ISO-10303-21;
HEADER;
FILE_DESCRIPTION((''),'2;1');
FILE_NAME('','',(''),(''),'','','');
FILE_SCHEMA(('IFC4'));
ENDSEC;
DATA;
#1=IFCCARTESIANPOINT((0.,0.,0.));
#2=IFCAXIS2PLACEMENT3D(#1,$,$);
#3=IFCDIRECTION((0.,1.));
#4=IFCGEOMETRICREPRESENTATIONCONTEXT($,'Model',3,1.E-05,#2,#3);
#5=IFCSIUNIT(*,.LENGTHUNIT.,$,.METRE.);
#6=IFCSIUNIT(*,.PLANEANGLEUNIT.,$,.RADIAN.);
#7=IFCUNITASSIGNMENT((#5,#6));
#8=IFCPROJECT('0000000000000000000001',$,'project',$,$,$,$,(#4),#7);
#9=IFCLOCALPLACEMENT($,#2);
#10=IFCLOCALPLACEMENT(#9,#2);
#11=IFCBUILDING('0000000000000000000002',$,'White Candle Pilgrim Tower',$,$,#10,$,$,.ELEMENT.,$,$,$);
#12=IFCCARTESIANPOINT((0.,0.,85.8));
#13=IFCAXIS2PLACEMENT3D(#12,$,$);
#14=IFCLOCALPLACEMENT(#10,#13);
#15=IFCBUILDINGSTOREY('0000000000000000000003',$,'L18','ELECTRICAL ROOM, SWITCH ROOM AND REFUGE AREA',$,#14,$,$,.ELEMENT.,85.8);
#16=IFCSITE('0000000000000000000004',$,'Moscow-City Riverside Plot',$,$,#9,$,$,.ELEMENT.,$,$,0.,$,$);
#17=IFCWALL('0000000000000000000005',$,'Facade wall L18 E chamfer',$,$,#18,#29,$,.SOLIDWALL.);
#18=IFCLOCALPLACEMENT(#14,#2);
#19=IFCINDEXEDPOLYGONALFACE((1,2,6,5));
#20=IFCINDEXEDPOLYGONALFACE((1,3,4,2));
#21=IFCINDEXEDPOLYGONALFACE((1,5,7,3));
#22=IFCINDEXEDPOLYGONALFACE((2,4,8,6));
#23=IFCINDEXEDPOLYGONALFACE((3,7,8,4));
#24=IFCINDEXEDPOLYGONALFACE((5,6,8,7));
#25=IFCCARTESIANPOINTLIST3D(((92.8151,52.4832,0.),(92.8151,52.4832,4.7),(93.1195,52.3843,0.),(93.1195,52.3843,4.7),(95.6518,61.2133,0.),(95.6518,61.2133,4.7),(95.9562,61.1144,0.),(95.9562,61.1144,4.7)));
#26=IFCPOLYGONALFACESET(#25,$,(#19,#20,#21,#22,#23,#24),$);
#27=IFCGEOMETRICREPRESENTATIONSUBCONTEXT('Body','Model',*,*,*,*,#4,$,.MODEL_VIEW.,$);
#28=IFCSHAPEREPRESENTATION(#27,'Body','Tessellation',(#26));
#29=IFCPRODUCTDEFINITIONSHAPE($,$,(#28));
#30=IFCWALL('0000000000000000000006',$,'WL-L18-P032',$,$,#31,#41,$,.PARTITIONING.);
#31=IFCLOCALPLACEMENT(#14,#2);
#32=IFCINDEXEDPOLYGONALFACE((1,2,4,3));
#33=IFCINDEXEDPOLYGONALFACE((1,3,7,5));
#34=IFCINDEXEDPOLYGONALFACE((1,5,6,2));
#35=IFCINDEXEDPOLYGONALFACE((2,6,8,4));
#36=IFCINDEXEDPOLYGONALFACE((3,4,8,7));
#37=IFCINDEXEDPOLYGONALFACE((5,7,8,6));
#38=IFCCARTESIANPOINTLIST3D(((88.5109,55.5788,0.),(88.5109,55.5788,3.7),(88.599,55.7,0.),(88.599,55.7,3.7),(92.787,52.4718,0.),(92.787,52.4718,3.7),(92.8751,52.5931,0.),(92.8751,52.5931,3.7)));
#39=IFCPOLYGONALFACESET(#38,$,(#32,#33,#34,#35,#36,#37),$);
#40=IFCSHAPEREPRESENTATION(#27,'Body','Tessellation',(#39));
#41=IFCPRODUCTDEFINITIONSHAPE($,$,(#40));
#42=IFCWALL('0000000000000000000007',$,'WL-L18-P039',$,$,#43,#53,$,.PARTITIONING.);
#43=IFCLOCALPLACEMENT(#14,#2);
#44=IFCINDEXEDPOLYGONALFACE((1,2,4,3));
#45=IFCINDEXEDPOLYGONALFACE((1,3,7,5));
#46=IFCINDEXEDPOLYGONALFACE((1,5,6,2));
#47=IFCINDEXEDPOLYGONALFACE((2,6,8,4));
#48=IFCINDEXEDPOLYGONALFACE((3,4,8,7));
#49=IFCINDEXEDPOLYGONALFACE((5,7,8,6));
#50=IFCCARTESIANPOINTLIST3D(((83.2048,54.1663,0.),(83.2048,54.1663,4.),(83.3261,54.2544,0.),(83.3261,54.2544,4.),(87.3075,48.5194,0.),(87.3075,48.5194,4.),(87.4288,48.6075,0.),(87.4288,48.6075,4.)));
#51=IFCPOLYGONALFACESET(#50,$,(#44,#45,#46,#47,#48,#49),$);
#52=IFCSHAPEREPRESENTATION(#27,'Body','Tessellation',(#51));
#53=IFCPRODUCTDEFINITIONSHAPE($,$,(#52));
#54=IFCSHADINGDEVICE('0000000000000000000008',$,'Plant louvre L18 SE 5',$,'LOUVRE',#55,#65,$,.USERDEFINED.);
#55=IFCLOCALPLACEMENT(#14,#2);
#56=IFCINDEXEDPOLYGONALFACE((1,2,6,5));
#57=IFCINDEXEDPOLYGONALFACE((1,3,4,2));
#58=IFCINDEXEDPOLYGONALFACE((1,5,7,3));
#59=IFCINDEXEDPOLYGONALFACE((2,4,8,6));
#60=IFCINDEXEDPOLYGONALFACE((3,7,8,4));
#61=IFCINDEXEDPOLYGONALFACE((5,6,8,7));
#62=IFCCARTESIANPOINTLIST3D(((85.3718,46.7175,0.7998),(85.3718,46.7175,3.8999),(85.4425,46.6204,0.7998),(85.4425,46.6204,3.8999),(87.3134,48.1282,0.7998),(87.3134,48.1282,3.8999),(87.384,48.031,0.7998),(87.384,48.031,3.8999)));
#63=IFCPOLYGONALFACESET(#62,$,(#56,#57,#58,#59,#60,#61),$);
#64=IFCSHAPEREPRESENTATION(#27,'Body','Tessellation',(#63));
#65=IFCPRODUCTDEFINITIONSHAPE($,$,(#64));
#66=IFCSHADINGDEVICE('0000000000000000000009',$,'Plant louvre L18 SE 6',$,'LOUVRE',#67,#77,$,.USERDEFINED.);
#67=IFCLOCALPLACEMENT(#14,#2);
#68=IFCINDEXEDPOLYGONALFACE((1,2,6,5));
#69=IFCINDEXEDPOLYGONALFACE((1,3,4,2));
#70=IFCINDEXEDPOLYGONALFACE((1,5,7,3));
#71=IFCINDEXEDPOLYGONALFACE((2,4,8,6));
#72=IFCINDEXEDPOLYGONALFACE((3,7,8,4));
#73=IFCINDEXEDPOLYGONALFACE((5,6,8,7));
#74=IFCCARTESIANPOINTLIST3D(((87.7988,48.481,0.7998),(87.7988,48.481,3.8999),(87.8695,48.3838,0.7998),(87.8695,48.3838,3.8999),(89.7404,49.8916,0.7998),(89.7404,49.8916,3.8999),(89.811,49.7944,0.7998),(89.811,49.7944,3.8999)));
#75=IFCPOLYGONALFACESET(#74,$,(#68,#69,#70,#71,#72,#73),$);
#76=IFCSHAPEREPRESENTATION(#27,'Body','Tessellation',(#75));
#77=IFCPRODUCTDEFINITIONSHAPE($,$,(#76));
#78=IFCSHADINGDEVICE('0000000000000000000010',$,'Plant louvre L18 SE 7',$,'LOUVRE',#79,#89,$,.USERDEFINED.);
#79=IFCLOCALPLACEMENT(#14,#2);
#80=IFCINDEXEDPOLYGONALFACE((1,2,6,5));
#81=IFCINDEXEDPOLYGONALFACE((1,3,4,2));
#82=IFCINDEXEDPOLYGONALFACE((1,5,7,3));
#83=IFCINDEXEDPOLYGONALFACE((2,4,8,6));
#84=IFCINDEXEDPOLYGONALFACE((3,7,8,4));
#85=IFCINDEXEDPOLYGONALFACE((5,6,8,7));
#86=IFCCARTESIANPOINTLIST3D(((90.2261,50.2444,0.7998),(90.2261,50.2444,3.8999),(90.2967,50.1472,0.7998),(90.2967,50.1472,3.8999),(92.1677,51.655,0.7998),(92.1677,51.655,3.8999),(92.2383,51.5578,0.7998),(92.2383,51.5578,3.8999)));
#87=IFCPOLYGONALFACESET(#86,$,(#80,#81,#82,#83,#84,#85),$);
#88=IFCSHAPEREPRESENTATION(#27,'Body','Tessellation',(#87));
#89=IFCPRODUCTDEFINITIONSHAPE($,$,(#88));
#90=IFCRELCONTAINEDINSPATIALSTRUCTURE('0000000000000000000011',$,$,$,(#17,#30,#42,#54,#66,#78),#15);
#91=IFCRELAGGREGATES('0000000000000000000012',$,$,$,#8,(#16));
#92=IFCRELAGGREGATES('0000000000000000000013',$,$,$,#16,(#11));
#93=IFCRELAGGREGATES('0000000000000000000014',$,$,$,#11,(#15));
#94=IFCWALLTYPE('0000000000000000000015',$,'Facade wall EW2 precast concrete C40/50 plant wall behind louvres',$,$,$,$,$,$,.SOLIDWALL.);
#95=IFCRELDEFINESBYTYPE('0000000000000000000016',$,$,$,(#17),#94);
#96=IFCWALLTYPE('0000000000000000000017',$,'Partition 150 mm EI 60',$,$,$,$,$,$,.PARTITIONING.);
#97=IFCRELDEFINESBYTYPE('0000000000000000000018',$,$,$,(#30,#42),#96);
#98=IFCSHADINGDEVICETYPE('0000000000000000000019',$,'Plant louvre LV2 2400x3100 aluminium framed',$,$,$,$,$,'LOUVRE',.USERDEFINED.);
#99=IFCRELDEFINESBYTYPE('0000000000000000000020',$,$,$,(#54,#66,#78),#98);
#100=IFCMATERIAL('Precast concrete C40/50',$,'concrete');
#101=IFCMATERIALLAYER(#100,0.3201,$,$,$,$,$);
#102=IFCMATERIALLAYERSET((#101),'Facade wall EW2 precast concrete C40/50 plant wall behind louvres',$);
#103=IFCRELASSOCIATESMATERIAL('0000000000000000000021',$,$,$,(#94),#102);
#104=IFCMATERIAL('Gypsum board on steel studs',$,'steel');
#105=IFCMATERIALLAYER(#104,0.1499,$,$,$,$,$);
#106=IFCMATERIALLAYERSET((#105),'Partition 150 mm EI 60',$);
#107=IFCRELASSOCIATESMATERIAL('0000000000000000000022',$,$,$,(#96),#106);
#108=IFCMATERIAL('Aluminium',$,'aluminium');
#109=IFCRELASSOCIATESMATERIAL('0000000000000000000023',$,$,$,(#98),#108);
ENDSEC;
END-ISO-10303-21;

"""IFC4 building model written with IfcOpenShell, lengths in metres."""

from ifc_helpers import new_model, si_unit, direction, frame, frame_2d, origin, origin_2d, place, context, subcontext, project, spatial, rectangle, extrude, material, layer, layer_set, type_object, element, save


model = new_model("IFC4")

# Units and contexts
model_context = context("Model", 3, precision=1e-05, world=origin(), true_north=direction((0.0, 1.0)))
body_context = subcontext(model_context, "Body", "Model", "MODEL_VIEW")
ifc_project = project(units=[si_unit("LENGTHUNIT", "METRE"), si_unit("PLANEANGLEUNIT", "RADIAN")], contexts=[model_context])

# Site, building, storey
site_placement = place(None, origin())
site = spatial("IfcSite", under=ifc_project, at=site_placement, Name="Moscow-City Riverside Plot", CompositionType="ELEMENT", RefElevation=0.0)
building_placement = place(site_placement, origin())
building = spatial("IfcBuilding", under=site, at=building_placement, Name="White Candle Pilgrim Tower", CompositionType="ELEMENT")
storey_placement = place(building_placement, frame((0.0, 0.0, 85.8)))
storey = spatial("IfcBuildingStorey", under=building, at=storey_placement, Name="L18", Description="ELECTRICAL ROOM, SWITCH ROOM AND REFUGE AREA", CompositionType="ELEMENT", Elevation=85.8)

# Walls
ifc_material_1 = material(Name="Precast concrete C40/50", Category="concrete")
ifc_layer_1 = layer(ifc_material_1, 0.3201)
ifc_layer_set_1 = layer_set([ifc_layer_1], Name="Facade wall EW2 precast concrete C40/50 plant wall behind louvres")
wall_type_1 = type_object("IfcWallType", Name="Facade wall EW2 precast concrete C40/50 plant wall behind louvres", PredefinedType="SOLIDWALL", material=ifc_layer_set_1)
wall_1_placement = place(storey_placement, frame((92.9673, 52.4336, 0.0), z_axis=(0.0, 0.0, 1.0), x_axis=(0.309022, 0.951055, 0.0)))
element("IfcWall", 1, at=wall_1_placement, inside=storey, type_object=wall_type_1, Name="Facade wall L18 E chamfer", PredefinedType="SOLIDWALL", context=body_context, shape_type="SweptSolid", body=[
    extrude(rectangle(XDim=9.1794, YDim=0.3201, at=frame_2d((4.5898, 0.0))), origin(), (0.0, 0.0, 1.0), 4.7),
])
ifc_material_2 = material(Name="Gypsum board on steel studs", Category="steel")
ifc_layer_2 = layer(ifc_material_2, 0.1499)
ifc_layer_set_2 = layer_set([ifc_layer_2], Name="Partition 150 mm EI 60")
wall_type_2 = type_object("IfcWallType", Name="Partition 150 mm EI 60", PredefinedType="PARTITIONING", material=ifc_layer_set_2)
wall_2_placement = place(storey_placement, frame((92.8311, 52.5325, 0.0), z_axis=(0.0, 0.0, 1.0), x_axis=(-0.809004, 0.587804, 0.0)))
element("IfcWall", 2, at=wall_2_placement, inside=storey, type_object=wall_type_2, Name="WL-L18-P032", PredefinedType="PARTITIONING", context=body_context, shape_type="SweptSolid", body=[
    extrude(rectangle(XDim=5.2856, YDim=0.1499, at=frame_2d((2.6428, 0.0))), origin(), (0.0, 0.0, 1.0), 3.7),
])
wall_3_placement = place(storey_placement, frame((87.3682, 48.5635, 0.0), z_axis=(0.0, 0.0, 1.0), x_axis=(-0.587787, 0.809016, 0.0)))
element("IfcWall", 3, at=wall_3_placement, inside=storey, type_object=wall_type_2, Name="WL-L18-P039", PredefinedType="PARTITIONING", context=body_context, shape_type="SweptSolid", body=[
    extrude(rectangle(XDim=6.98, YDim=0.1499, at=frame_2d((3.49, 0.0))), origin(), (0.0, 0.0, 1.0), 4.0),
])

# Shading devices
ifc_material_3 = material(Name="Aluminium", Category="aluminium")
shading_device_type = type_object("IfcShadingDeviceType", Name="Plant louvre LV2 2400x3100 aluminium framed", ElementType="LOUVRE", PredefinedType="USERDEFINED", material=ifc_material_3)
for number, where, z_axis, x_axis, name in (
    (4, (86.3779, 47.3743, 0.7998), (0.0, 0.0, 1.0), (0.809017, 0.587785, 0.0), "Plant louvre L18 SE 5"),
    (5, (88.8049, 49.1377, 0.7998), (0.0, 0.0, 1.0), (0.809017, 0.587785, 0.0), "Plant louvre L18 SE 6"),
    (6, (91.2322, 50.9011, 0.7998), (0.0, 0.0, 1.0), (0.809017, 0.587785, 0.0), "Plant louvre L18 SE 7"),
):
    element("IfcShadingDevice", number, at=place(storey_placement, frame(where, z_axis=z_axis, x_axis=x_axis)), inside=storey, type_object=shading_device_type, Name=name, ObjectType="LOUVRE", PredefinedType="USERDEFINED", context=body_context, shape_type="SweptSolid", body=[
        extrude(rectangle(XDim=2.3999, YDim=0.1201, at=origin_2d()), origin(), (0.0, 0.0, 1.0), 3.1001),
    ])

save(model, "model.ifc")
